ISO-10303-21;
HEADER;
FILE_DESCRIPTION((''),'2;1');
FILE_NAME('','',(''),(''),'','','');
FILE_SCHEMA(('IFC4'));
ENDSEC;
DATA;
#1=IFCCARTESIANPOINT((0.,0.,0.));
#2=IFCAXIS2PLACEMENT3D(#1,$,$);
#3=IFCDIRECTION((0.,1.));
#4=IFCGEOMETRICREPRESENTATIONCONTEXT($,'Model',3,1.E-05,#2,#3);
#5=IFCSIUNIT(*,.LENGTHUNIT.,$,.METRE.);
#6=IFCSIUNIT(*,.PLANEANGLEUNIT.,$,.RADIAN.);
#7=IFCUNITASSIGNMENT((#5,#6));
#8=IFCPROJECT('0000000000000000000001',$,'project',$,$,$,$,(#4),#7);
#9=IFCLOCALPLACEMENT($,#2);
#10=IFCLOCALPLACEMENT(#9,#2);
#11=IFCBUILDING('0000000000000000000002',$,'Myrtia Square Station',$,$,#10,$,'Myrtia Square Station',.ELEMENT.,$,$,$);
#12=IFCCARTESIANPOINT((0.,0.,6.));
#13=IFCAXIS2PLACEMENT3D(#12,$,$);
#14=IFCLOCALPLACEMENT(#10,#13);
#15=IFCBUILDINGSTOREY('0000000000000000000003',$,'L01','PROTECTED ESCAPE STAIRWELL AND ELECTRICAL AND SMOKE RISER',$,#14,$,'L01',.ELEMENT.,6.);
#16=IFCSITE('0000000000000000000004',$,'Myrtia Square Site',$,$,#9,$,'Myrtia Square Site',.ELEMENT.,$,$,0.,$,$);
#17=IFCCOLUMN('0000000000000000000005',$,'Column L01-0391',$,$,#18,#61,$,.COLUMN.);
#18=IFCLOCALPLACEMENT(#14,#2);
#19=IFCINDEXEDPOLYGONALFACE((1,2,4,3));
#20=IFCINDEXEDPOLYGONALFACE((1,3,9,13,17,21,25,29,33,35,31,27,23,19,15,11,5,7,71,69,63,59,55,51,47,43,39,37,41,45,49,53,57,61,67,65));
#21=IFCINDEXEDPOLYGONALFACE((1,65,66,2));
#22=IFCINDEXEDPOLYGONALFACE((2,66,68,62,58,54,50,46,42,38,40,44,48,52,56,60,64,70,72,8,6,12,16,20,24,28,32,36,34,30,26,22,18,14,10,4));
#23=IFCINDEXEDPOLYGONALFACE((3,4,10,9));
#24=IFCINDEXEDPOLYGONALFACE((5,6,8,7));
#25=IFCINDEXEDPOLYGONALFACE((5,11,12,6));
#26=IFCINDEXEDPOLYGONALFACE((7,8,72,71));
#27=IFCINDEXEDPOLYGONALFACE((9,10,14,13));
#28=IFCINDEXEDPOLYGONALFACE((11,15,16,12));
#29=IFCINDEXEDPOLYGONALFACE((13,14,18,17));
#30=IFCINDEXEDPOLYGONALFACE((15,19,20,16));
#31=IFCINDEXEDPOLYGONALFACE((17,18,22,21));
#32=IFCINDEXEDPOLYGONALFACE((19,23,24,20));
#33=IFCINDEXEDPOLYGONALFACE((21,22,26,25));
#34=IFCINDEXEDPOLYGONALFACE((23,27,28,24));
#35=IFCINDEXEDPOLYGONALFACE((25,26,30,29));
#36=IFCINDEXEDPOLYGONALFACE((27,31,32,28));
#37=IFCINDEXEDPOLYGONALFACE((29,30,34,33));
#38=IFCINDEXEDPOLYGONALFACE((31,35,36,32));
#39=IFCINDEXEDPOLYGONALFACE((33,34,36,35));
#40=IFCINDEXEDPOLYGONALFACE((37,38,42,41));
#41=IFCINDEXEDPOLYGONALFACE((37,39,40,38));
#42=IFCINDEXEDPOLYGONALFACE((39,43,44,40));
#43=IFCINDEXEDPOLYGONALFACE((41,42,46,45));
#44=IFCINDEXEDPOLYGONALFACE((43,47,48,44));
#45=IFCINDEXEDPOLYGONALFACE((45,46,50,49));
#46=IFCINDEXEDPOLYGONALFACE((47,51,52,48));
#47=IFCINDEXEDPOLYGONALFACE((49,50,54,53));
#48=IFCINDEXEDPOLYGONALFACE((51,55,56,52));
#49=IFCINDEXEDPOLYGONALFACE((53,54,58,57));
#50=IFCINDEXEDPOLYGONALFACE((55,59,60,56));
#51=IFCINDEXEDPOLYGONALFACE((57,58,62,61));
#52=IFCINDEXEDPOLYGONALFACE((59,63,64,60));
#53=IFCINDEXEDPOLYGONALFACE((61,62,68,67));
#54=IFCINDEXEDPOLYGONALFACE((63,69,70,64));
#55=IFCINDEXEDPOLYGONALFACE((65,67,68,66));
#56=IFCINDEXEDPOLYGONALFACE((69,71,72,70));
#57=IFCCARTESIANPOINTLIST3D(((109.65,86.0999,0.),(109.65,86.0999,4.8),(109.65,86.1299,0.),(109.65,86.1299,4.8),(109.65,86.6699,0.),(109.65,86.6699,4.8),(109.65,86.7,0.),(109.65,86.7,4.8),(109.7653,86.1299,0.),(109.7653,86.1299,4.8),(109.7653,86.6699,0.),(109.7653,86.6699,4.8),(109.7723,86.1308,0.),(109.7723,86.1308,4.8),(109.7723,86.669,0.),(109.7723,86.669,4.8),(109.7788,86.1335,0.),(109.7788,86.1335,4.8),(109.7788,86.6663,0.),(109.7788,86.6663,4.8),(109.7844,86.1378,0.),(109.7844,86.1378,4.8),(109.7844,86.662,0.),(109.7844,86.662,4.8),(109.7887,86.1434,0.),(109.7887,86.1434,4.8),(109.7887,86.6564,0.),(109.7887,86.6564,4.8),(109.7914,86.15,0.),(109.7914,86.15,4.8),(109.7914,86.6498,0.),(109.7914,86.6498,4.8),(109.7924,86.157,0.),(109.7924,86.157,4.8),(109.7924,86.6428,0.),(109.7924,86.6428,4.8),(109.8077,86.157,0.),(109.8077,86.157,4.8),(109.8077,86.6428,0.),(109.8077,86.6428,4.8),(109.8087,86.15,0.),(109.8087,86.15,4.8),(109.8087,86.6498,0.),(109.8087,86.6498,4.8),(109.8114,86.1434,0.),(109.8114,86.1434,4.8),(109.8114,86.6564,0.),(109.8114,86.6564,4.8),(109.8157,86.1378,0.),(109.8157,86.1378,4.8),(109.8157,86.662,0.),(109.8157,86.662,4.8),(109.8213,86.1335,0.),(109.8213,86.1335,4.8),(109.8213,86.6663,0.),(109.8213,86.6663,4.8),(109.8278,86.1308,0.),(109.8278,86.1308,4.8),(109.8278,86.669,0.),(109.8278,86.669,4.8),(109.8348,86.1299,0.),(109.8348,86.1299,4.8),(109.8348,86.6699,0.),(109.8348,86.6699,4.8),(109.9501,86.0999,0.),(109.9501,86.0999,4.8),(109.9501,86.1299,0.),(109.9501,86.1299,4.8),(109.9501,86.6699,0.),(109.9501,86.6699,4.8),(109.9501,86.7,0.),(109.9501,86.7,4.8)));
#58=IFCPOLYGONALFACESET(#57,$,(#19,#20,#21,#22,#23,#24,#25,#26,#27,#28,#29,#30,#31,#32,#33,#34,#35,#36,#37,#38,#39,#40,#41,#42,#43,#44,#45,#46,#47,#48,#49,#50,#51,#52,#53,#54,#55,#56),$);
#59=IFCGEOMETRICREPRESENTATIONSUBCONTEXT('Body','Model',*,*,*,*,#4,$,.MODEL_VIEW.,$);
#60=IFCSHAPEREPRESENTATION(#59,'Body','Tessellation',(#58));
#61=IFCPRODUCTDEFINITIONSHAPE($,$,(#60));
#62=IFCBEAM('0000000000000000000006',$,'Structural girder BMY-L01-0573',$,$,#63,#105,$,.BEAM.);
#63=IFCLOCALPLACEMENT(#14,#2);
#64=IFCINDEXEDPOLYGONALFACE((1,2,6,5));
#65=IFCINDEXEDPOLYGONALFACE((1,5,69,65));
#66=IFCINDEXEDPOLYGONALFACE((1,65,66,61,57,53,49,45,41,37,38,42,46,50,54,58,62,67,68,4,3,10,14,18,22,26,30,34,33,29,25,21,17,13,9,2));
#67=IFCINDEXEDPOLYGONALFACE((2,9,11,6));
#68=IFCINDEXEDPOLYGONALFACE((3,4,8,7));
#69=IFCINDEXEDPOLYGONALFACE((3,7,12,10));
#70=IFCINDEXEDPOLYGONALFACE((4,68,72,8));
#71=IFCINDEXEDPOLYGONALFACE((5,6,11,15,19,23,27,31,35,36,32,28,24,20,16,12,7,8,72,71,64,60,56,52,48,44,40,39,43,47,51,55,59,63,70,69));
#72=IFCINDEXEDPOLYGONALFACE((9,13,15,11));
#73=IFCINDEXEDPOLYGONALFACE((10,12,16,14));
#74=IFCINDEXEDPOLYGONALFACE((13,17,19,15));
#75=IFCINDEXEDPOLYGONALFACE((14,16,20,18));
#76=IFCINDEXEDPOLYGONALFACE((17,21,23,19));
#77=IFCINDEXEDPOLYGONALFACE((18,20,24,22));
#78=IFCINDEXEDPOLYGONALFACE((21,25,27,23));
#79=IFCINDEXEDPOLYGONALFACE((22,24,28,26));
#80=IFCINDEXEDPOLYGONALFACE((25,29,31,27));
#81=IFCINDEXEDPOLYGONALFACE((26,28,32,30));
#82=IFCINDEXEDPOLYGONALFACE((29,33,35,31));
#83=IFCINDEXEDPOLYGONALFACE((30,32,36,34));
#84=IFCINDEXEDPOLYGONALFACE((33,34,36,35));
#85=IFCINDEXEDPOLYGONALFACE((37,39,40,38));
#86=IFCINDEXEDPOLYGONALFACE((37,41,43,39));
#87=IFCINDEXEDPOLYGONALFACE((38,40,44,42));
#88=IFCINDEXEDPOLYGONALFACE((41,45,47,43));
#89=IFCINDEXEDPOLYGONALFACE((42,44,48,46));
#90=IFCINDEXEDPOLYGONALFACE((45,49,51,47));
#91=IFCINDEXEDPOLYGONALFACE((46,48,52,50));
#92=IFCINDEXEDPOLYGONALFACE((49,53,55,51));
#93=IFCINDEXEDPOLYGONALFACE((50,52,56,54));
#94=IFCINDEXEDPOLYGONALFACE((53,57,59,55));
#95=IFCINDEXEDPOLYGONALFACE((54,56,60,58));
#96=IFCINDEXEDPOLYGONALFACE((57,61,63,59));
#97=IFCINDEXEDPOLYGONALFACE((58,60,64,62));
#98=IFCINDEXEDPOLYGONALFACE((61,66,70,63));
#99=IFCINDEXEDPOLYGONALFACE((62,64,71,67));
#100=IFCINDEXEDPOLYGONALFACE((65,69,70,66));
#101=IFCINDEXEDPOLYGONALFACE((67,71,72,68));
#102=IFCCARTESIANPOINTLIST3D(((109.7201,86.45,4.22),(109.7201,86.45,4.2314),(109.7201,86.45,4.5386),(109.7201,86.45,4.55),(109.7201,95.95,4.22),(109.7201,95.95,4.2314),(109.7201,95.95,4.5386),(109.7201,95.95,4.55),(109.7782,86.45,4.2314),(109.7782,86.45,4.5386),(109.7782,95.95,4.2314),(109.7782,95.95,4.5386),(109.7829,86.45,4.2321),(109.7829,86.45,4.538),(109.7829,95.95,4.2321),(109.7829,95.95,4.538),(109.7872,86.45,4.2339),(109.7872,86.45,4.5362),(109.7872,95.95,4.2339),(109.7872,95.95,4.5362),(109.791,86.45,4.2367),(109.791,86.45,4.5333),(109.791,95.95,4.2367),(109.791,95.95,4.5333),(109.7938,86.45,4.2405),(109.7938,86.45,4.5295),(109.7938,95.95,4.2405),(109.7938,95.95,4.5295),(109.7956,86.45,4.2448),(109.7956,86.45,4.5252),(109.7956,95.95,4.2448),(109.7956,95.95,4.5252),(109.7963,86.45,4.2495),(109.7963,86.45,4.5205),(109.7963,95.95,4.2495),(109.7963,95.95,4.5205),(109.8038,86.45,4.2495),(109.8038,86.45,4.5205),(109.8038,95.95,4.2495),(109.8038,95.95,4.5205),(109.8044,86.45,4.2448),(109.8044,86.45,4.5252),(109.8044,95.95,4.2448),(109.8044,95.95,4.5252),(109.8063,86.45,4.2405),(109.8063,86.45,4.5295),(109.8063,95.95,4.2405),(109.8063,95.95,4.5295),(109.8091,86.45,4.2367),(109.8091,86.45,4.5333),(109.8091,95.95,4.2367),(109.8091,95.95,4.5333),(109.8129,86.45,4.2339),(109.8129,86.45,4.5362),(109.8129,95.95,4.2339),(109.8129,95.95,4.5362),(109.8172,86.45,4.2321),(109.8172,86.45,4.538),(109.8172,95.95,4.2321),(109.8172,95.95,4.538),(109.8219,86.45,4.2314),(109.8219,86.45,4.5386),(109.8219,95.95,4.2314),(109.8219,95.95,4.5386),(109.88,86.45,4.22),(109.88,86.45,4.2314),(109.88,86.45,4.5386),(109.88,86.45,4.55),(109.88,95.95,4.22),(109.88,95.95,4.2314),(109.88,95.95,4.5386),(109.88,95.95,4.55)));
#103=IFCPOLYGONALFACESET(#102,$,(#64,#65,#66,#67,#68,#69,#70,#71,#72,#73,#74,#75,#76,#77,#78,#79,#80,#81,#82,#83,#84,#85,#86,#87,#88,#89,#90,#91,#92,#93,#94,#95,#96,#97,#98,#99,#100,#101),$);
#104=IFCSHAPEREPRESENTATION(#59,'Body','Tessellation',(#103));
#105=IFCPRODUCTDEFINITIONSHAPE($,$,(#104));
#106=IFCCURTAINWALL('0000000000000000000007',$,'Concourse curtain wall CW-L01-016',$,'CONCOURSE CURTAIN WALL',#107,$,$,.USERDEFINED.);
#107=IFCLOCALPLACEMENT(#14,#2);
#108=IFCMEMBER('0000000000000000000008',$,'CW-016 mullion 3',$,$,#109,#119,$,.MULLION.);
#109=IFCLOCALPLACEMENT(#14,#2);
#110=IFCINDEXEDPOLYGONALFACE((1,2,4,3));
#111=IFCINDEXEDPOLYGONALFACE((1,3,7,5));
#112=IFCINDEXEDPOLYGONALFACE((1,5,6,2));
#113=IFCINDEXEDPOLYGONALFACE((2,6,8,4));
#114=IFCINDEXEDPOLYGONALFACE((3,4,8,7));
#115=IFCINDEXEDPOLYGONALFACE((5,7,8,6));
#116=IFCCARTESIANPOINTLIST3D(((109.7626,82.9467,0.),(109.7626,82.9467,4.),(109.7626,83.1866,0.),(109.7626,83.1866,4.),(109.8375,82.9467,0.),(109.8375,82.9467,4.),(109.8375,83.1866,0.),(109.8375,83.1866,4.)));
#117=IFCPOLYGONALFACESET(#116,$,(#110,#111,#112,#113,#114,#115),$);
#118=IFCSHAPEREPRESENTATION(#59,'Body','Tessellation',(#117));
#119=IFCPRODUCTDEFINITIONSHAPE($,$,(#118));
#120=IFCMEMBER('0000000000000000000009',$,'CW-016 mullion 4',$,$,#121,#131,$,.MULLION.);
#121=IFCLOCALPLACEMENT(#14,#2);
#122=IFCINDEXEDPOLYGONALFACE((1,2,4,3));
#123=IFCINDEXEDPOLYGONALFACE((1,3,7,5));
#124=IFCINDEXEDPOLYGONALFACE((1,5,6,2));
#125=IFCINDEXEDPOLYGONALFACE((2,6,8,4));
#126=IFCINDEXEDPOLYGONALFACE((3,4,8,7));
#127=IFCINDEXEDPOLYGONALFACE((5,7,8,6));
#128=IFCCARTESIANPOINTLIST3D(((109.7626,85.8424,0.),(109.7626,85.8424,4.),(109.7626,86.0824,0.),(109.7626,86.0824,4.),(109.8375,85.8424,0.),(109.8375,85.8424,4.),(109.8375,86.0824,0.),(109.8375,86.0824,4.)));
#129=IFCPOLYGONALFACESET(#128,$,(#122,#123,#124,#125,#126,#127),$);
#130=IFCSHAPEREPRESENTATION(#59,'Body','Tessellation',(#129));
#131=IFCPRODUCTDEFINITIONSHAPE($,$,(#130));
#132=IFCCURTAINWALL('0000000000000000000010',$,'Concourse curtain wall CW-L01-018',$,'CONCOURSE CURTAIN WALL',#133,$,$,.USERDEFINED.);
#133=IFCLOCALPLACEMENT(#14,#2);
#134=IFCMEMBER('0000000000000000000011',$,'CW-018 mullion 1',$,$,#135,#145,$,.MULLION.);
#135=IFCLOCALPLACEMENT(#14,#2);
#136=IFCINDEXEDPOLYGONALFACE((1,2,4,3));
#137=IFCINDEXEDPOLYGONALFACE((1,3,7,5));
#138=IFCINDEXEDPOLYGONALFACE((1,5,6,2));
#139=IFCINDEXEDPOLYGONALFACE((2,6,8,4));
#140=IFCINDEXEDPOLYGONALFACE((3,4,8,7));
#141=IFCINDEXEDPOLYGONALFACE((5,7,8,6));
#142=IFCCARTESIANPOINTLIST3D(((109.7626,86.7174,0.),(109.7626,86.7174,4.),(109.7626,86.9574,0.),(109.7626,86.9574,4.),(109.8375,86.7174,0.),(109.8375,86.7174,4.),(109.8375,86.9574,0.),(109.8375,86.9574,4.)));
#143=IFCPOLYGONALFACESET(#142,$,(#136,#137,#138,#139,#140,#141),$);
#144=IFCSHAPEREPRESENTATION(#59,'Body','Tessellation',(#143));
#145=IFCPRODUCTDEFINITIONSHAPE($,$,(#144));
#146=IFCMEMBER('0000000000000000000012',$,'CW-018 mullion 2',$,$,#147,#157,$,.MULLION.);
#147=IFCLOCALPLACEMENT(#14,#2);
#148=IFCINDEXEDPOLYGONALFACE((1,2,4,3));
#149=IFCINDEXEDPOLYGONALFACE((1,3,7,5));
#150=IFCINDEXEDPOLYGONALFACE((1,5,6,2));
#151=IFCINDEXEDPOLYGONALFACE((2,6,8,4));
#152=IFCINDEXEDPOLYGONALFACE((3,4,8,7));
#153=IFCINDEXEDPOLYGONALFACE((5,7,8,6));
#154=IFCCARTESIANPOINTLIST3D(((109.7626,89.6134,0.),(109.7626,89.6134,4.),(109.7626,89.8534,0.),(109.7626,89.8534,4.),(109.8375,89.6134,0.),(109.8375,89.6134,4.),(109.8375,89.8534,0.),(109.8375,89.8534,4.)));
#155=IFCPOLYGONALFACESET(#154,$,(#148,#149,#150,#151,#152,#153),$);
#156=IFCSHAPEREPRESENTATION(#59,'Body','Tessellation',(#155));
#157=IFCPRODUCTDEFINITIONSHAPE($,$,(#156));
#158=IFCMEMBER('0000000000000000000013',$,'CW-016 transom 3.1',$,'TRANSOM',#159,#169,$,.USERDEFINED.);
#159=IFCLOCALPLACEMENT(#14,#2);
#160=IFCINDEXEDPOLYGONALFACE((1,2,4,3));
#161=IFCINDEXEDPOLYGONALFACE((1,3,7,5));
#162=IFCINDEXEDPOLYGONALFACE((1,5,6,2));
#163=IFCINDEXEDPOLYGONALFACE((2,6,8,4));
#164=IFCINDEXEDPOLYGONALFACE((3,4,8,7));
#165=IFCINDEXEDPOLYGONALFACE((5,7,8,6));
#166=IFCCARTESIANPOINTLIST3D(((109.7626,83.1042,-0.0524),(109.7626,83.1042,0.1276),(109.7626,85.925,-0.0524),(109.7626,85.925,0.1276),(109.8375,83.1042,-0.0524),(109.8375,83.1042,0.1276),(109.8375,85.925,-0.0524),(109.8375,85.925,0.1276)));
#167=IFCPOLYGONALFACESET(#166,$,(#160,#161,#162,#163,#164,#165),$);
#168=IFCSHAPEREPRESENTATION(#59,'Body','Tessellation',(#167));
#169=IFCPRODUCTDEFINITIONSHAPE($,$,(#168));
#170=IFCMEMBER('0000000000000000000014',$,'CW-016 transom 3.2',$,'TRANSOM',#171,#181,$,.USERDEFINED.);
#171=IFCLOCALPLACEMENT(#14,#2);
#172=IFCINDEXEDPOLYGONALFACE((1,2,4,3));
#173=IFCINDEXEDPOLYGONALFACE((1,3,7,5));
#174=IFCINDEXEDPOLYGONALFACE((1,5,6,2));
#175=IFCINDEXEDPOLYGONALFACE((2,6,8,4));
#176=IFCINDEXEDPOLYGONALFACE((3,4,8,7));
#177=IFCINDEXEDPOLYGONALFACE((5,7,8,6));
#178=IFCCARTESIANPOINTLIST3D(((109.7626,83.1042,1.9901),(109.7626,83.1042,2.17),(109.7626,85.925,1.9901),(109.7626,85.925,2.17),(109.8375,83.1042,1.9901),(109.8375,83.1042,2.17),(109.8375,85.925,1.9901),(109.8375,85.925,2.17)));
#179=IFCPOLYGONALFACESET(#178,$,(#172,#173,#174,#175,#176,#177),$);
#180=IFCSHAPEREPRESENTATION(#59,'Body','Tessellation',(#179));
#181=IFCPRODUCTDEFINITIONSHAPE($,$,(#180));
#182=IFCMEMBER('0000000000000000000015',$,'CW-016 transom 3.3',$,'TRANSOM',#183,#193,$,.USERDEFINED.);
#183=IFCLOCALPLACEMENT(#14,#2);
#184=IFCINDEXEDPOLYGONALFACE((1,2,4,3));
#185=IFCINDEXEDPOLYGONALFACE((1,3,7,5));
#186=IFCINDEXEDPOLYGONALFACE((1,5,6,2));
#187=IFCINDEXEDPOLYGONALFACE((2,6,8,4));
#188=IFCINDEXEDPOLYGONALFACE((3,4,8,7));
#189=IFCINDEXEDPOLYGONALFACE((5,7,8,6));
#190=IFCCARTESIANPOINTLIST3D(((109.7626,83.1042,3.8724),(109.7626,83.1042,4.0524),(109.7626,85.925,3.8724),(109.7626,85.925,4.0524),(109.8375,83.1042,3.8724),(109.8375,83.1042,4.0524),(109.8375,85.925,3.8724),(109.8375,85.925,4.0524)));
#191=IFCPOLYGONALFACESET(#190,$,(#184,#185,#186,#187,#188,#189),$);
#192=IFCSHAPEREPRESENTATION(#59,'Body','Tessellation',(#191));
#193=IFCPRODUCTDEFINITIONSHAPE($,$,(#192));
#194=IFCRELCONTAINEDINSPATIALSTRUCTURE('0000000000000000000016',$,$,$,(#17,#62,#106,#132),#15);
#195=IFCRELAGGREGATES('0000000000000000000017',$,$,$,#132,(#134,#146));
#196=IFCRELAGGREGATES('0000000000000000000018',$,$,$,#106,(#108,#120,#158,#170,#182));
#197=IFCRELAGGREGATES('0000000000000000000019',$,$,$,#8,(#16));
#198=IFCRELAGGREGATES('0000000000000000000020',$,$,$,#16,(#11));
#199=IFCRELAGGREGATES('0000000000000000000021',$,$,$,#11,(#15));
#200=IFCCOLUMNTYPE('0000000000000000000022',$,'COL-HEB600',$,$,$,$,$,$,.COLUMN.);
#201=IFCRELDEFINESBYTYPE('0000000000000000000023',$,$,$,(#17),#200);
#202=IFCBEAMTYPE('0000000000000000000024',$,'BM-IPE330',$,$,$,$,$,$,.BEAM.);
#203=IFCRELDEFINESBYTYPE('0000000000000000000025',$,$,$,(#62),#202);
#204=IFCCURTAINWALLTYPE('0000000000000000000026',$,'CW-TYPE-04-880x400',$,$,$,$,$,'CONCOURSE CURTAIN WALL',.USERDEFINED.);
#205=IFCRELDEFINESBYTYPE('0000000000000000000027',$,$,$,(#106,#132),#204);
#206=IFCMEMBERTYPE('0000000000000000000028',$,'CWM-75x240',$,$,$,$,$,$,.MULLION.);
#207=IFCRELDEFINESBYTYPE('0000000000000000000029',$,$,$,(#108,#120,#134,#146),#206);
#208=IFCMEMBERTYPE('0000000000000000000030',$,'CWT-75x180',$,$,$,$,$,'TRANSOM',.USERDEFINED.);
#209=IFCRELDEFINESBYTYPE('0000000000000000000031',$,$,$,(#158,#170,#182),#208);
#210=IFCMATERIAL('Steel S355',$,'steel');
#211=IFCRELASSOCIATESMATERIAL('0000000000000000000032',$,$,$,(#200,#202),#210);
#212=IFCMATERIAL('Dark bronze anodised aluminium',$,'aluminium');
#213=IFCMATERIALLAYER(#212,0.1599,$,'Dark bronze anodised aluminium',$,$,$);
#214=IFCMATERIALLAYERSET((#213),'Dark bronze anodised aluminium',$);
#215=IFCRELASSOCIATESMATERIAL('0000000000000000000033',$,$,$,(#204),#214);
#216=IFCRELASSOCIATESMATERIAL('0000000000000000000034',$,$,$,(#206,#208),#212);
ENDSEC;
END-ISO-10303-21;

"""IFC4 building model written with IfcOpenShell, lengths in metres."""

from ifc_helpers import new_model, si_unit, direction, frame, origin, origin_2d, place, context, subcontext, project, spatial, rectangle, i_section, extrude, material, layer, layer_set, material_profile, profile_set, type_object, element, aggregate, save


model = new_model("IFC4")

# Units and contexts
model_context = context("Model", 3, precision=1e-05, world=origin(), true_north=direction((0.0, 1.0)))
body_context = subcontext(model_context, "Body", "Model", "MODEL_VIEW")
ifc_project = project(units=[si_unit("LENGTHUNIT", "METRE"), si_unit("PLANEANGLEUNIT", "RADIAN")], contexts=[model_context])

# Site, building, storey
site_placement = place(None, origin())
site = spatial("IfcSite", under=ifc_project, at=site_placement, Name="Myrtia Square Site", LongName="Myrtia Square Site", CompositionType="ELEMENT", RefElevation=0.0)
building_placement = place(site_placement, origin())
building = spatial("IfcBuilding", under=site, at=building_placement, Name="Myrtia Square Station", LongName="Myrtia Square Station", CompositionType="ELEMENT")
storey_placement = place(building_placement, frame((0.0, 0.0, 6.0)))
storey = spatial("IfcBuildingStorey", under=building, at=storey_placement, Name="L01", Description="PROTECTED ESCAPE STAIRWELL AND ELECTRICAL AND SMOKE RISER", LongName="L01", CompositionType="ELEMENT", Elevation=6.0)

# Column
ifc_material_1 = material(Name="Steel S355", Category="steel")
ifc_material_profile_1 = material_profile(ifc_material_1, i_section(OverallWidth=0.3, OverallDepth=0.6001, WebThickness=0.0154, FlangeThickness=0.03, FilletRadius=0.0271, at=origin_2d()), Name="HEB 600")
ifc_profile_set_1 = profile_set([ifc_material_profile_1], Name="Steel S355")
column_type = type_object("IfcColumnType", Name="COL-HEB600", PredefinedType="COLUMN", material=ifc_profile_set_1)
column_placement = place(storey_placement, frame((109.8, 86.3999, 0.0), z_axis=(0.0, 0.0, 1.0), x_axis=(1.0, 0.0, 0.0)))
element("IfcColumn", 1, at=column_placement, inside=storey, type_object=column_type, Name="Column L01-0391", PredefinedType="COLUMN", context=body_context, shape_type="SweptSolid", body=[
    extrude(i_section(OverallWidth=0.3, OverallDepth=0.6001, WebThickness=0.0154, FlangeThickness=0.03, FilletRadius=0.0271, at=origin_2d()), origin(), (0.0, 0.0, 1.0), 4.8),
])

# Beam
ifc_material_profile_2 = material_profile(ifc_material_1, i_section(OverallWidth=0.1599, OverallDepth=0.3301, WebThickness=0.0076, FlangeThickness=0.0115, FilletRadius=0.0181, at=origin_2d()), Name="IPE 330")
ifc_profile_set_2 = profile_set([ifc_material_profile_2], Name="Steel S355")
beam_type = type_object("IfcBeamType", Name="BM-IPE330", PredefinedType="BEAM", material=ifc_profile_set_2)
beam_placement = place(storey_placement, frame((109.8, 86.45, 4.385), z_axis=(0.0, 1.0, 0.0), x_axis=(-1.0, 0.0, 0.0)))
element("IfcBeam", 2, at=beam_placement, inside=storey, type_object=beam_type, Name="Structural girder BMY-L01-0573", PredefinedType="BEAM", context=body_context, shape_type="SweptSolid", body=[
    extrude(i_section(OverallWidth=0.1599, OverallDepth=0.3301, WebThickness=0.0076, FlangeThickness=0.0115, FilletRadius=0.0181, at=origin_2d()), origin(), (0.0, 0.0, 1.0), 9.5),
])

# Curtain walls, members
ifc_material_2 = material(Name="Dark bronze anodised aluminium", Category="aluminium")
ifc_layer_1 = layer(ifc_material_2, 0.1599, Name="Dark bronze anodised aluminium")
ifc_layer_set_1 = layer_set([ifc_layer_1], Name="Dark bronze anodised aluminium")
curtain_wall_type = type_object("IfcCurtainWallType", Name="CW-TYPE-04-880x400", ElementType="CONCOURSE CURTAIN WALL", PredefinedType="USERDEFINED", material=ifc_layer_set_1)
curtain_wall_1_placement = place(storey_placement, origin())
curtain_wall_1 = element("IfcCurtainWall", 3, at=curtain_wall_1_placement, inside=storey, type_object=curtain_wall_type, Name="Concourse curtain wall CW-L01-016", ObjectType="CONCOURSE CURTAIN WALL", PredefinedType="USERDEFINED")
ifc_material_profile_3 = material_profile(ifc_material_2, rectangle(XDim=0.075, YDim=0.24, at=origin_2d()), Name="ALU-M 75x240")
ifc_profile_set_3 = profile_set([ifc_material_profile_3], Name="Dark bronze anodised aluminium")
member_type_1 = type_object("IfcMemberType", Name="CWM-75x240", PredefinedType="MULLION", material=ifc_profile_set_3)
member_1_placement = place(storey_placement, frame((109.8, 83.0667, 0.0), z_axis=(0.0, 0.0, 1.0), x_axis=(-1.0, 0.0, 0.0)))
member_1 = element("IfcMember", 4, at=member_1_placement, type_object=member_type_1, Name="CW-016 mullion 3", PredefinedType="MULLION", context=body_context, shape_type="SweptSolid", body=[
    extrude(rectangle(XDim=0.075, YDim=0.24, at=origin_2d()), origin(), (0.0, 0.0, 1.0), 4.0),
])
member_2_placement = place(storey_placement, frame((109.8, 85.9624, 0.0), z_axis=(0.0, 0.0, 1.0), x_axis=(-1.0, 0.0, 0.0)))
member_2 = element("IfcMember", 5, at=member_2_placement, type_object=member_type_1, Name="CW-016 mullion 4", PredefinedType="MULLION", context=body_context, shape_type="SweptSolid", body=[
    extrude(rectangle(XDim=0.075, YDim=0.24, at=origin_2d()), origin(), (0.0, 0.0, 1.0), 4.0),
])
curtain_wall_2_placement = place(storey_placement, origin())
curtain_wall_2 = element("IfcCurtainWall", 6, at=curtain_wall_2_placement, inside=storey, type_object=curtain_wall_type, Name="Concourse curtain wall CW-L01-018", ObjectType="CONCOURSE CURTAIN WALL", PredefinedType="USERDEFINED")
member_3_placement = place(storey_placement, frame((109.8, 86.8374, 0.0), z_axis=(0.0, 0.0, 1.0), x_axis=(-1.0, 0.0, 0.0)))
member_3 = element("IfcMember", 7, at=member_3_placement, type_object=member_type_1, Name="CW-018 mullion 1", PredefinedType="MULLION", context=body_context, shape_type="SweptSolid", body=[
    extrude(rectangle(XDim=0.075, YDim=0.24, at=origin_2d()), origin(), (0.0, 0.0, 1.0), 4.0),
])
member_4_placement = place(storey_placement, frame((109.8, 89.7334, 0.0), z_axis=(0.0, 0.0, 1.0), x_axis=(-1.0, 0.0, 0.0)))
member_4 = element("IfcMember", 8, at=member_4_placement, type_object=member_type_1, Name="CW-018 mullion 2", PredefinedType="MULLION", context=body_context, shape_type="SweptSolid", body=[
    extrude(rectangle(XDim=0.075, YDim=0.24, at=origin_2d()), origin(), (0.0, 0.0, 1.0), 4.0),
])

# Members
ifc_material_profile_4 = material_profile(ifc_material_2, rectangle(XDim=0.075, YDim=0.1799, at=origin_2d()), Name="ALU-T 75x180")
ifc_profile_set_4 = profile_set([ifc_material_profile_4], Name="Dark bronze anodised aluminium")
member_type_2 = type_object("IfcMemberType", Name="CWT-75x180", ElementType="TRANSOM", PredefinedType="USERDEFINED", material=ifc_profile_set_4)
member_5_placement = place(storey_placement, frame((109.8, 83.1042, 0.0376), z_axis=(0.0, 1.0, 0.0), x_axis=(-1.0, 0.0, 0.0)))
member_5 = element("IfcMember", 9, at=member_5_placement, type_object=member_type_2, Name="CW-016 transom 3.1", ObjectType="TRANSOM", PredefinedType="USERDEFINED", context=body_context, shape_type="SweptSolid", body=[
    extrude(rectangle(XDim=0.075, YDim=0.1799, at=origin_2d()), origin(), (0.0, 0.0, 1.0), 2.8208),
])
member_6_placement = place(storey_placement, frame((109.8, 83.1042, 2.0801), z_axis=(0.0, 1.0, 0.0), x_axis=(-1.0, 0.0, 0.0)))
member_6 = element("IfcMember", 10, at=member_6_placement, type_object=member_type_2, Name="CW-016 transom 3.2", ObjectType="TRANSOM", PredefinedType="USERDEFINED", context=body_context, shape_type="SweptSolid", body=[
    extrude(rectangle(XDim=0.075, YDim=0.1799, at=origin_2d()), origin(), (0.0, 0.0, 1.0), 2.8208),
])
member_7_placement = place(storey_placement, frame((109.8, 83.1042, 3.9624), z_axis=(0.0, 1.0, 0.0), x_axis=(-1.0, 0.0, 0.0)))
member_7 = element("IfcMember", 11, at=member_7_placement, type_object=member_type_2, Name="CW-016 transom 3.3", ObjectType="TRANSOM", PredefinedType="USERDEFINED", context=body_context, shape_type="SweptSolid", body=[
    extrude(rectangle(XDim=0.075, YDim=0.1799, at=origin_2d()), origin(), (0.0, 0.0, 1.0), 2.8208),
])

aggregate(curtain_wall_2, [member_3, member_4])
aggregate(curtain_wall_1, [member_1, member_2, member_5, member_6, member_7])

save(model, "model.ifc")
